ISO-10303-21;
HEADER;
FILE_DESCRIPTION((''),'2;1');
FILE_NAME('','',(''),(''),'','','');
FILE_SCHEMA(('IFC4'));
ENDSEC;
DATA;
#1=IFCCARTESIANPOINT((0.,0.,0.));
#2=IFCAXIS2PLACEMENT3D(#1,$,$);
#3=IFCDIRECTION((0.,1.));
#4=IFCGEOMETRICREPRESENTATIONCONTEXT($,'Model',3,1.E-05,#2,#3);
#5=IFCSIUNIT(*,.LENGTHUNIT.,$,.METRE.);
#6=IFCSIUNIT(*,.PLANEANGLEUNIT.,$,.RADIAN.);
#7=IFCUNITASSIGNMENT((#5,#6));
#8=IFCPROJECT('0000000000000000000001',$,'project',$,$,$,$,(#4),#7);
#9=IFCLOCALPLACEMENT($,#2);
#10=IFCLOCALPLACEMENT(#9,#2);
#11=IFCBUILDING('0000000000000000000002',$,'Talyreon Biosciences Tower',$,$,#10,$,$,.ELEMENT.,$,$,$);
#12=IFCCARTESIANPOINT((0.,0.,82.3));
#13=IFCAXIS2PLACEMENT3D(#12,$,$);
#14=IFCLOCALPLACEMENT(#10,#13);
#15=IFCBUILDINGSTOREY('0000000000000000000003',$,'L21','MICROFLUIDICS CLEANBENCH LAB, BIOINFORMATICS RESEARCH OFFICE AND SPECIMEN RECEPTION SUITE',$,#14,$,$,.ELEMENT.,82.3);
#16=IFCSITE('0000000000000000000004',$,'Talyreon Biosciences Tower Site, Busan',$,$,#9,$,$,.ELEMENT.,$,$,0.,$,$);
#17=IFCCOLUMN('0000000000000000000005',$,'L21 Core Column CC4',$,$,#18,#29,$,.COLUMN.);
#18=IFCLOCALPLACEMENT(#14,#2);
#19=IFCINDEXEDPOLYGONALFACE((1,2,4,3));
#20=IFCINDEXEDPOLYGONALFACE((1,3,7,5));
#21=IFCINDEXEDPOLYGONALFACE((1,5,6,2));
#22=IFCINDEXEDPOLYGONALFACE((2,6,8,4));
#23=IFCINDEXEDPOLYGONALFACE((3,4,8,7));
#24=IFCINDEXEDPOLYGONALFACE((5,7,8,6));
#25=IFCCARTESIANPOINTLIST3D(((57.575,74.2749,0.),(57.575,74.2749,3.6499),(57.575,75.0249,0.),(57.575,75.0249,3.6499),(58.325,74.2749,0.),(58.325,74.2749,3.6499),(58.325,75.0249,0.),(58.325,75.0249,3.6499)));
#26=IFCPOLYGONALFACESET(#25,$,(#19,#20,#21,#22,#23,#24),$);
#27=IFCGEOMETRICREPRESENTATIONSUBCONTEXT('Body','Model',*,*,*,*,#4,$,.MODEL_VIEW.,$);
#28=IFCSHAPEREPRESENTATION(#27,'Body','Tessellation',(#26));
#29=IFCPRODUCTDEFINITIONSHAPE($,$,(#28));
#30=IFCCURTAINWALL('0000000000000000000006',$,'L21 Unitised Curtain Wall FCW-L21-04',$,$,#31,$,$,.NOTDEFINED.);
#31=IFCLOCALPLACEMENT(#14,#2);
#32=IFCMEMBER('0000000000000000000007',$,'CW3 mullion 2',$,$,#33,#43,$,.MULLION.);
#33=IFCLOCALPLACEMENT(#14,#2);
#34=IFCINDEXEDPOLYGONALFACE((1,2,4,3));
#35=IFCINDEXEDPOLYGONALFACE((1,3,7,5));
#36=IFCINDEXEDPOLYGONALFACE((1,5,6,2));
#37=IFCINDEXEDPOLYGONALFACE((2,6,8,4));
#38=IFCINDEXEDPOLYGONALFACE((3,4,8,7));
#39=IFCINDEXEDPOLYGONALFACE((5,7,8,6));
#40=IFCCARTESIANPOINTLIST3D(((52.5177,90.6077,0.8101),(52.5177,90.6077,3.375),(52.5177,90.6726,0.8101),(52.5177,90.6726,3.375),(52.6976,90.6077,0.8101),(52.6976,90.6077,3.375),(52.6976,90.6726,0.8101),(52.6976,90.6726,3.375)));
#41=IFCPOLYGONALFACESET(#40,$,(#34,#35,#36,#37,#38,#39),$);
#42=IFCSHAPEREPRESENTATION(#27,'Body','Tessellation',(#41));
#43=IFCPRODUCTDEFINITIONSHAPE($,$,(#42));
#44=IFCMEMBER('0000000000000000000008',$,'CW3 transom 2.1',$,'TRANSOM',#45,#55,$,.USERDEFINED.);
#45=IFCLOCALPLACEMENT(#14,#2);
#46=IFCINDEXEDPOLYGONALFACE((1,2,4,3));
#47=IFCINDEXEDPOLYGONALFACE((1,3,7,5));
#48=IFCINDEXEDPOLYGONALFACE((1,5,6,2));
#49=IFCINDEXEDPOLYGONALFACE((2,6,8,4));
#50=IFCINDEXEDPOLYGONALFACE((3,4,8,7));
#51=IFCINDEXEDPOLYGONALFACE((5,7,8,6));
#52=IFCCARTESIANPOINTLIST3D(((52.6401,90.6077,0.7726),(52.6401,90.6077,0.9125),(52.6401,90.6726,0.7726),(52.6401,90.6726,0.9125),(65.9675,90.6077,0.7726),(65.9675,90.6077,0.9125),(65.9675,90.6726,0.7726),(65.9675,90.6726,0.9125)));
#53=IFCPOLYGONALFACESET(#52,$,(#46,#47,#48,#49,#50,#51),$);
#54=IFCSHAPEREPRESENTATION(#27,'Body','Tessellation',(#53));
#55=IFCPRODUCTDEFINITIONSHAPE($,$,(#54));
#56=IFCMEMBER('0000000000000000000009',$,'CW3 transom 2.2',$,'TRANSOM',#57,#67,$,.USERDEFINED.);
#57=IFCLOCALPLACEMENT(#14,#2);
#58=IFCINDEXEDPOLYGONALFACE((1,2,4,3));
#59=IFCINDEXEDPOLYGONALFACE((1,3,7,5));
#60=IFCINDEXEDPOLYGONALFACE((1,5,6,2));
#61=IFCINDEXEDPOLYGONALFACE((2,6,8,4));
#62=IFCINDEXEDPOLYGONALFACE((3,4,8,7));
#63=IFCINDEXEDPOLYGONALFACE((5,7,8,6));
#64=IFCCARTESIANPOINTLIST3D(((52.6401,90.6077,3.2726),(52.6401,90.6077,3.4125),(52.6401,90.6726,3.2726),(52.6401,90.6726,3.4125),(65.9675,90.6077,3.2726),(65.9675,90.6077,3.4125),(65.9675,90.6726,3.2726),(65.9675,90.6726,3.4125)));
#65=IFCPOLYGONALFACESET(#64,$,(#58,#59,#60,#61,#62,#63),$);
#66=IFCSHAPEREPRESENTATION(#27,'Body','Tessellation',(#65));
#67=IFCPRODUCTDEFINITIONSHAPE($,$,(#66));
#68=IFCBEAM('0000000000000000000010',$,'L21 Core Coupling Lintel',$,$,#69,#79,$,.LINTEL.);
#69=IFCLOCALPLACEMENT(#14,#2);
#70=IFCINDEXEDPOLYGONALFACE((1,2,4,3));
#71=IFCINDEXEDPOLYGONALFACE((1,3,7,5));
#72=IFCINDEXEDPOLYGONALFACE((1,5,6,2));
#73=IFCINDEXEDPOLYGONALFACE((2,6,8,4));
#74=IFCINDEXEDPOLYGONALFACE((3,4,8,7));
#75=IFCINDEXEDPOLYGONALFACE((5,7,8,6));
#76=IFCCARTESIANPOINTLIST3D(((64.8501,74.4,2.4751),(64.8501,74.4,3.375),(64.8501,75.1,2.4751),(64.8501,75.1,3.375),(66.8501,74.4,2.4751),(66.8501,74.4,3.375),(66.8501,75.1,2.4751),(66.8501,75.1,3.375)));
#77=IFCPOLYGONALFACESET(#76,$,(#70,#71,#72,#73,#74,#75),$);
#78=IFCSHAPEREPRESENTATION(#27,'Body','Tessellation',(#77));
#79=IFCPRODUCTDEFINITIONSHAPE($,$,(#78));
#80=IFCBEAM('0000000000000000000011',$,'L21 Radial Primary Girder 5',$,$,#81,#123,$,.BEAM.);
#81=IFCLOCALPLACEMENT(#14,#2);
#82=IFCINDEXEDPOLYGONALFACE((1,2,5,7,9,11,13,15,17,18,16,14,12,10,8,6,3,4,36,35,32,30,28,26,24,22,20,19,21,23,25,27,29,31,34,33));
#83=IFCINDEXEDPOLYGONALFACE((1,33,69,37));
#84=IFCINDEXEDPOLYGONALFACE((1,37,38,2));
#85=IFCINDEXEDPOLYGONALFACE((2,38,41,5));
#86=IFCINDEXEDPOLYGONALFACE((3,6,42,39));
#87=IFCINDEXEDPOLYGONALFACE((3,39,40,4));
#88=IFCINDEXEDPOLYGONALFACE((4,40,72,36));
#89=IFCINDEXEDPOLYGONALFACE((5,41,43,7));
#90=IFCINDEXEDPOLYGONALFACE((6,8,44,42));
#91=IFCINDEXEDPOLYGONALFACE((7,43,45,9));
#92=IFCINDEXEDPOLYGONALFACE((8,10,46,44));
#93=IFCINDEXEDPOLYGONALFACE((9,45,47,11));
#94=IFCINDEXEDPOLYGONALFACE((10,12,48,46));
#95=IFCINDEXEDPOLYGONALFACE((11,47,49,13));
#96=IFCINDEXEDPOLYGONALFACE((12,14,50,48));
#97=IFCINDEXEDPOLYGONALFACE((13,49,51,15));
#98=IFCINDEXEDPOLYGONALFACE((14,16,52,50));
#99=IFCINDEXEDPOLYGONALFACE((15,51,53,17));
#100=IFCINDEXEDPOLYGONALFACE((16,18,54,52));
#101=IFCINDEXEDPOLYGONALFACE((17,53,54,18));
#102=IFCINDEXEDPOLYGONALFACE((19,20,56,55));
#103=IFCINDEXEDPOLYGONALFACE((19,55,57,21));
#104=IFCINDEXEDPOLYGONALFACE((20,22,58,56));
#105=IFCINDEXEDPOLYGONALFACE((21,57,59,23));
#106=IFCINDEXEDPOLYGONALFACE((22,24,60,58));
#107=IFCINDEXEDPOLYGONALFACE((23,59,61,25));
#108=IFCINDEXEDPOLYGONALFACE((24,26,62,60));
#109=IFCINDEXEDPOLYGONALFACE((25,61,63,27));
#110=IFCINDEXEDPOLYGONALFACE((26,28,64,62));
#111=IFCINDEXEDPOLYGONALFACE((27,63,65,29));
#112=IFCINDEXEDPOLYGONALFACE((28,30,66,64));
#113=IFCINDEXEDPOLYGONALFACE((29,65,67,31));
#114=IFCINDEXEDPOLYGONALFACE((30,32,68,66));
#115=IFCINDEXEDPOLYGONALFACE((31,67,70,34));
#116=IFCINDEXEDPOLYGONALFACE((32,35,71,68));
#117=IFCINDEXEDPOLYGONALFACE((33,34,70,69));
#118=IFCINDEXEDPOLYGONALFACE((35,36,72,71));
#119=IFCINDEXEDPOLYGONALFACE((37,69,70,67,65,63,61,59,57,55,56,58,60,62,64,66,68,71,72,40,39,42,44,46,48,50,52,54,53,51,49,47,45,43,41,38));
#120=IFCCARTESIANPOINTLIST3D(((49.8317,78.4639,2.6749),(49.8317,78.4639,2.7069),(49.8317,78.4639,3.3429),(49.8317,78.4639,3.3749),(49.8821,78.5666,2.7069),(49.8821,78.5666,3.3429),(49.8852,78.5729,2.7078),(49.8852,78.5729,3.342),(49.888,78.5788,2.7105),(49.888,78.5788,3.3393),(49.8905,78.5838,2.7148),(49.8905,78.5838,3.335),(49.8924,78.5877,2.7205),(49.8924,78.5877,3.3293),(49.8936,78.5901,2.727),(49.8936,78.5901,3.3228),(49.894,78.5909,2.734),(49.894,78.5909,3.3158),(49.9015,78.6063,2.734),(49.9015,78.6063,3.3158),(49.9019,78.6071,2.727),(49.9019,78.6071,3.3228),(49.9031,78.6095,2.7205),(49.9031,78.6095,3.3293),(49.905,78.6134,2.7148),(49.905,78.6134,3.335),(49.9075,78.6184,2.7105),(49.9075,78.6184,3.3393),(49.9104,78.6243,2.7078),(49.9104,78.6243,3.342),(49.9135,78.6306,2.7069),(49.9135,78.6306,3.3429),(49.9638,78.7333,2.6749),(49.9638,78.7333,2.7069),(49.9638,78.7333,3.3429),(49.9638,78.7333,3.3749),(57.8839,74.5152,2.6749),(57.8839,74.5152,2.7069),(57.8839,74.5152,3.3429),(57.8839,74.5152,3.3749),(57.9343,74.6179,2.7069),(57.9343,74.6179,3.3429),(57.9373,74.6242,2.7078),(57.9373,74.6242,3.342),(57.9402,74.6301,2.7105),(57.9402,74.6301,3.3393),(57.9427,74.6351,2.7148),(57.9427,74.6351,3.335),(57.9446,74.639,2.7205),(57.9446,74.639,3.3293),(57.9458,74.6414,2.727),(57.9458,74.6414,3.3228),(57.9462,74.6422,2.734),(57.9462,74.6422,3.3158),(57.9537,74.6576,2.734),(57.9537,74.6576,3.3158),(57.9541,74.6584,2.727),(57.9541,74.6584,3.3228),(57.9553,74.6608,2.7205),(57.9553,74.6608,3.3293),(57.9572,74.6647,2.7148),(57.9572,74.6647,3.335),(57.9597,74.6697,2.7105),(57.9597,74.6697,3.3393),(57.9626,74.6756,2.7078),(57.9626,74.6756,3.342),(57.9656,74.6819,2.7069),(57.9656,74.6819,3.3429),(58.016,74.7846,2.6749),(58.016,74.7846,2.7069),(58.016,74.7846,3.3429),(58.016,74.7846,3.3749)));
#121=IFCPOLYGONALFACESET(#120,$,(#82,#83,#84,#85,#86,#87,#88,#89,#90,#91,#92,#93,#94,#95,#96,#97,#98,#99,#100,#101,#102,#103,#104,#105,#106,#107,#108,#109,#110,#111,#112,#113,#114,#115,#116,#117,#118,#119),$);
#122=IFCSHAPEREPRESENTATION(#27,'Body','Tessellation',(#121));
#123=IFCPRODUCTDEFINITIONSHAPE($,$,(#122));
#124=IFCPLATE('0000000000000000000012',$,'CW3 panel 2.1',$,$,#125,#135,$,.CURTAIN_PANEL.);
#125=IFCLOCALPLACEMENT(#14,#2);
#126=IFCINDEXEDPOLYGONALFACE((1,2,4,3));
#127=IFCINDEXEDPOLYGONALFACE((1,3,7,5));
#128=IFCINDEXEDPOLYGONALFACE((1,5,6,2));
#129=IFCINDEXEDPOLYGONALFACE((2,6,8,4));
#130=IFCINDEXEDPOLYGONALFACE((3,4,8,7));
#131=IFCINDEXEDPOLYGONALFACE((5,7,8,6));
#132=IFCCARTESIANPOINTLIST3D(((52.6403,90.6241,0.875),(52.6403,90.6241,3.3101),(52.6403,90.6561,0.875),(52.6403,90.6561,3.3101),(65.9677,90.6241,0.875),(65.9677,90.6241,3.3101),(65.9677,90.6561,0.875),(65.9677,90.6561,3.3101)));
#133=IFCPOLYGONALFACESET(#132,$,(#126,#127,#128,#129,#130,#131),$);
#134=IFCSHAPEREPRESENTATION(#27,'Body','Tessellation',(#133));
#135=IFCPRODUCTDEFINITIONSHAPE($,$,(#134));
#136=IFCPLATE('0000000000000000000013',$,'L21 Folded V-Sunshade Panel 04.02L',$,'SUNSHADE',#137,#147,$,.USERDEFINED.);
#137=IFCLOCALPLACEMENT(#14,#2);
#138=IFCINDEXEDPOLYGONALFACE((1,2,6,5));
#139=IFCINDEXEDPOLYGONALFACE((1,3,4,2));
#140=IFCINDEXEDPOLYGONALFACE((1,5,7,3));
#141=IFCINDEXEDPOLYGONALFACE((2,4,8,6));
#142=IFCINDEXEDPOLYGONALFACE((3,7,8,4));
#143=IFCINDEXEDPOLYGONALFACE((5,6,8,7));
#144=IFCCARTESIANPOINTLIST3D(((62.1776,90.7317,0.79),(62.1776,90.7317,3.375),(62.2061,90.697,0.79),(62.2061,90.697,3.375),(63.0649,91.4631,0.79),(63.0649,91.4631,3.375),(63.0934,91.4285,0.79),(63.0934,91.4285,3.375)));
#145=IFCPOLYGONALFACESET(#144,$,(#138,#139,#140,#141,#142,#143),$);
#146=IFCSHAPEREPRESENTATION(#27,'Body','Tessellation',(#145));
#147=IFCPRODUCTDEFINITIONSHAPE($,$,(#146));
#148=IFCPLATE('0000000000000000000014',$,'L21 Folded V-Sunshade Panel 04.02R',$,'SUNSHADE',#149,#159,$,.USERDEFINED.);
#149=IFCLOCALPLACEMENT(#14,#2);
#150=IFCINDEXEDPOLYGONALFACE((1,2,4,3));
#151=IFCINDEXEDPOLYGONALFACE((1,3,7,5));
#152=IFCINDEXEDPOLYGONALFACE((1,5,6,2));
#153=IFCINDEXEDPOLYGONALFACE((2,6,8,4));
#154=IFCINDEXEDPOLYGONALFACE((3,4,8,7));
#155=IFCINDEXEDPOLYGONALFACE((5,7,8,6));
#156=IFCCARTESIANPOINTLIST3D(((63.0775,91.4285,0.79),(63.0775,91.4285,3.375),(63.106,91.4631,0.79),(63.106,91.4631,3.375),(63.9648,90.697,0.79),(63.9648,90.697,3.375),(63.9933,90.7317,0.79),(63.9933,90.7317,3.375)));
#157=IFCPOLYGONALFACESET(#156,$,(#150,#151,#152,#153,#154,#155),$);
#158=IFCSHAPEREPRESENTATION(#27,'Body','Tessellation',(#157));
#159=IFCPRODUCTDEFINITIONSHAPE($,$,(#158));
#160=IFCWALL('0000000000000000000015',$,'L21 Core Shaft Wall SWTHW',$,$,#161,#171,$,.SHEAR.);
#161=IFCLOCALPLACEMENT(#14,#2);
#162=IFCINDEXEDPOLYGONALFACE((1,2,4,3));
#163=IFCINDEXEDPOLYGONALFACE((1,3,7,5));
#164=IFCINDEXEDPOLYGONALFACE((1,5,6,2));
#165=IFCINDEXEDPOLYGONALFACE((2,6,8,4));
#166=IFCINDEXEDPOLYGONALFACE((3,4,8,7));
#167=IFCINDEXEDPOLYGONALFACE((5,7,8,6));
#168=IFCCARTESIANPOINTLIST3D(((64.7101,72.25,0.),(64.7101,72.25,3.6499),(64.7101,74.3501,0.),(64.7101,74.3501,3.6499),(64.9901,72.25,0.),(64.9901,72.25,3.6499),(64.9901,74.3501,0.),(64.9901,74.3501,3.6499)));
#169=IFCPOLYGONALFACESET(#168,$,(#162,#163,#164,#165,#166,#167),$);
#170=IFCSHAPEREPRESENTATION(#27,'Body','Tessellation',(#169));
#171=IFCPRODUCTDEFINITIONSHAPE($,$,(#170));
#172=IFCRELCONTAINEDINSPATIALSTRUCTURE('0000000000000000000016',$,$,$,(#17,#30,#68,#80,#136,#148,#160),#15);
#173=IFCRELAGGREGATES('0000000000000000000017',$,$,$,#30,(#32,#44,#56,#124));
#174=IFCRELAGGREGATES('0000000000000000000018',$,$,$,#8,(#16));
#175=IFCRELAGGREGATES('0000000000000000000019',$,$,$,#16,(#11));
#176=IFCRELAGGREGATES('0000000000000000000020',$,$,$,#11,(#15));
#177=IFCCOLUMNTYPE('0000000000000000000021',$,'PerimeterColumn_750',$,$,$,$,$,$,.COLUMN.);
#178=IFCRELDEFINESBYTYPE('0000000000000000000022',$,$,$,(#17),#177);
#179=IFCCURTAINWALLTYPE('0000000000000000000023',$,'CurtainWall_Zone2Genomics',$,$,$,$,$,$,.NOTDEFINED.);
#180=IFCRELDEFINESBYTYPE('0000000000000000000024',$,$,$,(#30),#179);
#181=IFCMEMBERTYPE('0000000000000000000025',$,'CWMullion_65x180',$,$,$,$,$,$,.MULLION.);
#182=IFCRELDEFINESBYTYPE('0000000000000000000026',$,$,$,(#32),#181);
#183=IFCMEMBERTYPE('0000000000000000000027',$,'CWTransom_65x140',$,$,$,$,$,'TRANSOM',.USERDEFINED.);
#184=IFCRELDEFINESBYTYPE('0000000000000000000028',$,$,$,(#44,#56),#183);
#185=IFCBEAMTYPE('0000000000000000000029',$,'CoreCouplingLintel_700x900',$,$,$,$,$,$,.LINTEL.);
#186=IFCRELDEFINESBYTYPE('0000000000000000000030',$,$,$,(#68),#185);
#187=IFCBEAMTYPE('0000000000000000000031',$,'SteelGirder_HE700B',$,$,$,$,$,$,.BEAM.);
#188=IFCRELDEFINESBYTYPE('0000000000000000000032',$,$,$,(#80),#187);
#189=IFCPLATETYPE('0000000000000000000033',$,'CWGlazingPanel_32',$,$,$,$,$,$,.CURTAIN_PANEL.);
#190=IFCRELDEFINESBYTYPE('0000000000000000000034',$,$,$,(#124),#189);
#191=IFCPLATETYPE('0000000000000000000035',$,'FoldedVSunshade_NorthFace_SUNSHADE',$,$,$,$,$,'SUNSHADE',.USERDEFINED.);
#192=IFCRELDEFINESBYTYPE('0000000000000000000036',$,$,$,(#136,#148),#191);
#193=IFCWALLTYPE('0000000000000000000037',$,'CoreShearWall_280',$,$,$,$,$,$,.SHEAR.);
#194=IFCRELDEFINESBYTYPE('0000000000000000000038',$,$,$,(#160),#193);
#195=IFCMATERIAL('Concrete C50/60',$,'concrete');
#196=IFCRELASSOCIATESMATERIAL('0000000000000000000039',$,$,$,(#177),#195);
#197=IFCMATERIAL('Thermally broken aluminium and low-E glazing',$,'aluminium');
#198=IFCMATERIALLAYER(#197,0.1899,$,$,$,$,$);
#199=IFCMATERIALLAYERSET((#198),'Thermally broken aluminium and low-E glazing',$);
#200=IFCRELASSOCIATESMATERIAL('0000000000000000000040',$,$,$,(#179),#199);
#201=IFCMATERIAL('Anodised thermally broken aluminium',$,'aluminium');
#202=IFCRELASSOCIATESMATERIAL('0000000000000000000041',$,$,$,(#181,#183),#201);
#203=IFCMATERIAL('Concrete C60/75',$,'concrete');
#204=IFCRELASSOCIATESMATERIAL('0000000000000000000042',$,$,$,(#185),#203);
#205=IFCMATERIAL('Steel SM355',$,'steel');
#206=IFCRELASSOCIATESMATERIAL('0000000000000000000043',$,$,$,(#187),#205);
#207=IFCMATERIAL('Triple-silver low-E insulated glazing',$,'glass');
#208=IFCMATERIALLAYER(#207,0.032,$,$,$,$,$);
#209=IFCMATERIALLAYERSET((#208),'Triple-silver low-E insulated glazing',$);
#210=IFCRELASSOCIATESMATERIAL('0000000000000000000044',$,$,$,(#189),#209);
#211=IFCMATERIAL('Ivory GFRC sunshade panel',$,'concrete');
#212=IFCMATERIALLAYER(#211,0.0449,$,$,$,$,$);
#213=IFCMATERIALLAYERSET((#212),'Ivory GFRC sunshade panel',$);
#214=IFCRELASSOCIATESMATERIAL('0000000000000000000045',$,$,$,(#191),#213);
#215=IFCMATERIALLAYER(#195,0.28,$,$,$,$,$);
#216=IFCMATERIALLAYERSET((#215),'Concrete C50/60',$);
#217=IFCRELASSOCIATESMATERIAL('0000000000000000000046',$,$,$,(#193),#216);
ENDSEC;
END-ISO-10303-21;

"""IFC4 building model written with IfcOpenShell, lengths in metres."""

from ifc_helpers import new_model, si_unit, direction, frame, frame_2d, origin, origin_2d, place, context, subcontext, project, spatial, rectangle, i_section, extrude, material, layer, layer_set, material_profile, profile_set, type_object, element, aggregate, save


model = new_model("IFC4")

# Units and contexts
model_context = context("Model", 3, precision=1e-05, world=origin(), true_north=direction((0.0, 1.0)))
body_context = subcontext(model_context, "Body", "Model", "MODEL_VIEW")
ifc_project = project(units=[si_unit("LENGTHUNIT", "METRE"), si_unit("PLANEANGLEUNIT", "RADIAN")], contexts=[model_context])

# Site, building, storey
site_placement = place(None, origin())
site = spatial("IfcSite", under=ifc_project, at=site_placement, Name="Talyreon Biosciences Tower Site, Busan", CompositionType="ELEMENT", RefElevation=0.0)
building_placement = place(site_placement, origin())
building = spatial("IfcBuilding", under=site, at=building_placement, Name="Talyreon Biosciences Tower", CompositionType="ELEMENT")
storey_placement = place(building_placement, frame((0.0, 0.0, 82.3)))
storey = spatial("IfcBuildingStorey", under=building, at=storey_placement, Name="L21", Description="MICROFLUIDICS CLEANBENCH LAB, BIOINFORMATICS RESEARCH OFFICE AND SPECIMEN RECEPTION SUITE", CompositionType="ELEMENT", Elevation=82.3)

# Column
ifc_material_1 = material(Name="Concrete C50/60", Category="concrete")
ifc_material_profile_1 = material_profile(ifc_material_1, rectangle(XDim=0.75, YDim=0.75, at=origin_2d()), Name="RC 750x750")
ifc_profile_set_1 = profile_set([ifc_material_profile_1], Name="Concrete C50/60")
column_type = type_object("IfcColumnType", Name="PerimeterColumn_750", PredefinedType="COLUMN", material=ifc_profile_set_1)
column_placement = place(storey_placement, frame((57.95, 74.6499, 0.0), z_axis=(0.0, 0.0, 1.0), x_axis=(1.0, 0.0, 0.0)))
element("IfcColumn", 1, at=column_placement, inside=storey, type_object=column_type, Name="L21 Core Column CC4", PredefinedType="COLUMN", context=body_context, shape_type="SweptSolid", body=[
    extrude(rectangle(XDim=0.75, YDim=0.75, at=origin_2d()), origin(), (0.0, 0.0, 1.0), 3.6499),
])

# Curtain wall, members
ifc_material_2 = material(Name="Thermally broken aluminium and low-E glazing", Category="aluminium")
ifc_layer_1 = layer(ifc_material_2, 0.1899)
ifc_layer_set_1 = layer_set([ifc_layer_1], Name="Thermally broken aluminium and low-E glazing")
curtain_wall_type = type_object("IfcCurtainWallType", Name="CurtainWall_Zone2Genomics", PredefinedType="NOTDEFINED", material=ifc_layer_set_1)
curtain_wall_placement = place(storey_placement, origin())
curtain_wall = element("IfcCurtainWall", 2, at=curtain_wall_placement, inside=storey, type_object=curtain_wall_type, Name="L21 Unitised Curtain Wall FCW-L21-04", PredefinedType="NOTDEFINED")
ifc_material_3 = material(Name="Anodised thermally broken aluminium", Category="aluminium")
ifc_material_profile_2 = material_profile(ifc_material_3, rectangle(XDim=0.0649, YDim=0.1799, at=origin_2d()), Name="ALUM MULLION 65x180")
ifc_profile_set_2 = profile_set([ifc_material_profile_2], Name="Anodised thermally broken aluminium")
member_type_1 = type_object("IfcMemberType", Name="CWMullion_65x180", PredefinedType="MULLION", material=ifc_profile_set_2)
member_1_placement = place(storey_placement, frame((52.6077, 90.6401, 0.8101), z_axis=(0.0, 0.0, 1.0), x_axis=(0.0, 1.0, 0.0)))
member_1 = element("IfcMember", 3, at=member_1_placement, type_object=member_type_1, Name="CW3 mullion 2", PredefinedType="MULLION", context=body_context, shape_type="SweptSolid", body=[
    extrude(rectangle(XDim=0.0649, YDim=0.1799, at=origin_2d()), origin(), (0.0, 0.0, 1.0), 2.5649),
])
ifc_material_profile_3 = material_profile(ifc_material_3, rectangle(XDim=0.0649, YDim=0.1399, at=origin_2d()), Name="ALUM TRANSOM 65x140")
ifc_profile_set_3 = profile_set([ifc_material_profile_3], Name="Anodised thermally broken aluminium")
member_type_2 = type_object("IfcMemberType", Name="CWTransom_65x140", ElementType="TRANSOM", PredefinedType="USERDEFINED", material=ifc_profile_set_3)
member_2_placement = place(storey_placement, frame((52.6401, 90.6401, 0.8425), z_axis=(1.0, 0.0, 0.0), x_axis=(0.0, 1.0, 0.0)))
member_2 = element("IfcMember", 4, at=member_2_placement, type_object=member_type_2, Name="CW3 transom 2.1", ObjectType="TRANSOM", PredefinedType="USERDEFINED", context=body_context, shape_type="SweptSolid", body=[
    extrude(rectangle(XDim=0.0649, YDim=0.1399, at=origin_2d()), origin(), (0.0, 0.0, 1.0), 13.3274),
])
member_3_placement = place(storey_placement, frame((52.6401, 90.6401, 3.3425), z_axis=(1.0, 0.0, 0.0), x_axis=(0.0, 1.0, 0.0)))
member_3 = element("IfcMember", 5, at=member_3_placement, type_object=member_type_2, Name="CW3 transom 2.2", ObjectType="TRANSOM", PredefinedType="USERDEFINED", context=body_context, shape_type="SweptSolid", body=[
    extrude(rectangle(XDim=0.0649, YDim=0.1399, at=origin_2d()), origin(), (0.0, 0.0, 1.0), 13.3274),
])

# Beams
ifc_material_4 = material(Name="Concrete C60/75", Category="concrete")
ifc_material_profile_4 = material_profile(ifc_material_4, rectangle(XDim=0.7, YDim=0.8999, at=origin_2d()), Name="RCB 700x900")
ifc_profile_set_4 = profile_set([ifc_material_profile_4], Name="Concrete C60/75")
beam_type_1 = type_object("IfcBeamType", Name="CoreCouplingLintel_700x900", PredefinedType="LINTEL", material=ifc_profile_set_4)
beam_1_placement = place(storey_placement, frame((64.8501, 74.75, 2.925), z_axis=(1.0, 0.0, 0.0), x_axis=(0.0, 1.0, 0.0)))
element("IfcBeam", 6, at=beam_1_placement, inside=storey, type_object=beam_type_1, Name="L21 Core Coupling Lintel", PredefinedType="LINTEL", context=body_context, shape_type="SweptSolid", body=[
    extrude(rectangle(XDim=0.7, YDim=0.8999, at=origin_2d()), origin(), (0.0, 0.0, 1.0), 2.0),
])
ifc_material_5 = material(Name="Steel SM355", Category="steel")
ifc_material_profile_5 = material_profile(ifc_material_5, i_section(OverallWidth=0.3, OverallDepth=0.7, WebThickness=0.0171, FlangeThickness=0.032, FilletRadius=0.0271, at=origin_2d()), Name="HE700B")
ifc_profile_set_5 = profile_set([ifc_material_profile_5], Name="Steel SM355")
beam_type_2 = type_object("IfcBeamType", Name="SteelGirder_HE700B", PredefinedType="BEAM", material=ifc_profile_set_5)
beam_2_placement = place(storey_placement, frame((57.95, 74.6499, 3.0249), z_axis=(-0.897852, 0.440297, 0.0), x_axis=(-0.440297, -0.897852, 0.0)))
element("IfcBeam", 7, at=beam_2_placement, inside=storey, type_object=beam_type_2, Name="L21 Radial Primary Girder 5", PredefinedType="BEAM", context=body_context, shape_type="SweptSolid", body=[
    extrude(i_section(OverallWidth=0.3, OverallDepth=0.7, WebThickness=0.0171, FlangeThickness=0.032, FilletRadius=0.0271, at=origin_2d()), origin(), (0.0, 0.0, 1.0), 8.9683),
])

# Plate
ifc_material_6 = material(Name="Triple-silver low-E insulated glazing", Category="glass")
ifc_layer_2 = layer(ifc_material_6, 0.032)
ifc_layer_set_2 = layer_set([ifc_layer_2], Name="Triple-silver low-E insulated glazing")
plate_type_1 = type_object("IfcPlateType", Name="CWGlazingPanel_32", PredefinedType="CURTAIN_PANEL", material=ifc_layer_set_2)
plate_placement = place(storey_placement, frame((59.304, 90.6401, 0.875), z_axis=(0.0, 0.0, 1.0), x_axis=(1.0, 0.0, 0.0)))
plate = element("IfcPlate", 8, at=plate_placement, type_object=plate_type_1, Name="CW3 panel 2.1", PredefinedType="CURTAIN_PANEL", context=body_context, shape_type="SweptSolid", body=[
    extrude(rectangle(XDim=13.3274, YDim=0.032, at=origin_2d()), origin(), (0.0, 0.0, 1.0), 2.4351),
])
aggregate(curtain_wall, [member_1, member_2, member_3, plate])

# Plates
ifc_material_7 = material(Name="Ivory GFRC sunshade panel", Category="concrete")
ifc_layer_3 = layer(ifc_material_7, 0.0449)
ifc_layer_set_3 = layer_set([ifc_layer_3], Name="Ivory GFRC sunshade panel")
plate_type_2 = type_object("IfcPlateType", Name="FoldedVSunshade_NorthFace_SUNSHADE", ElementType="SUNSHADE", PredefinedType="USERDEFINED", material=ifc_layer_set_3)
for number, where, z_axis, x_axis, name in (
    (9, (62.6355, 91.0801, 0.79), (0.0, 0.0, 1.0), (0.771625, 0.636078, 0.0), "L21 Folded V-Sunshade Panel 04.02L"),
    (10, (63.5354, 91.0801, 0.79), (0.0, 0.0, 1.0), (0.771625, -0.636078, 0.0), "L21 Folded V-Sunshade Panel 04.02R"),
):
    element("IfcPlate", number, at=place(storey_placement, frame(where, z_axis=z_axis, x_axis=x_axis)), inside=storey, type_object=plate_type_2, Name=name, ObjectType="SUNSHADE", PredefinedType="USERDEFINED", context=body_context, shape_type="SweptSolid", body=[
        extrude(rectangle(XDim=1.1499, YDim=0.0449, at=origin_2d()), origin(), (0.0, 0.0, 1.0), 2.585),
    ])

# Wall
ifc_layer_4 = layer(ifc_material_1, 0.28)
ifc_layer_set_4 = layer_set([ifc_layer_4], Name="Concrete C50/60")
wall_type_1 = type_object("IfcWallType", Name="CoreShearWall_280", PredefinedType="SHEAR", material=ifc_layer_set_4)
wall_1_placement = place(storey_placement, frame((64.8501, 72.25, 0.0), z_axis=(0.0, 0.0, 1.0), x_axis=(0.0, 1.0, 0.0)))
element("IfcWall", 11, at=wall_1_placement, inside=storey, type_object=wall_type_1, Name="L21 Core Shaft Wall SWTHW", PredefinedType="SHEAR", context=body_context, shape_type="SweptSolid", body=[
    extrude(rectangle(XDim=2.1001, YDim=0.28, at=frame_2d((1.05, 0.0))), origin(), (0.0, 0.0, 1.0), 3.6499),
])

save(model, "model.ifc")
